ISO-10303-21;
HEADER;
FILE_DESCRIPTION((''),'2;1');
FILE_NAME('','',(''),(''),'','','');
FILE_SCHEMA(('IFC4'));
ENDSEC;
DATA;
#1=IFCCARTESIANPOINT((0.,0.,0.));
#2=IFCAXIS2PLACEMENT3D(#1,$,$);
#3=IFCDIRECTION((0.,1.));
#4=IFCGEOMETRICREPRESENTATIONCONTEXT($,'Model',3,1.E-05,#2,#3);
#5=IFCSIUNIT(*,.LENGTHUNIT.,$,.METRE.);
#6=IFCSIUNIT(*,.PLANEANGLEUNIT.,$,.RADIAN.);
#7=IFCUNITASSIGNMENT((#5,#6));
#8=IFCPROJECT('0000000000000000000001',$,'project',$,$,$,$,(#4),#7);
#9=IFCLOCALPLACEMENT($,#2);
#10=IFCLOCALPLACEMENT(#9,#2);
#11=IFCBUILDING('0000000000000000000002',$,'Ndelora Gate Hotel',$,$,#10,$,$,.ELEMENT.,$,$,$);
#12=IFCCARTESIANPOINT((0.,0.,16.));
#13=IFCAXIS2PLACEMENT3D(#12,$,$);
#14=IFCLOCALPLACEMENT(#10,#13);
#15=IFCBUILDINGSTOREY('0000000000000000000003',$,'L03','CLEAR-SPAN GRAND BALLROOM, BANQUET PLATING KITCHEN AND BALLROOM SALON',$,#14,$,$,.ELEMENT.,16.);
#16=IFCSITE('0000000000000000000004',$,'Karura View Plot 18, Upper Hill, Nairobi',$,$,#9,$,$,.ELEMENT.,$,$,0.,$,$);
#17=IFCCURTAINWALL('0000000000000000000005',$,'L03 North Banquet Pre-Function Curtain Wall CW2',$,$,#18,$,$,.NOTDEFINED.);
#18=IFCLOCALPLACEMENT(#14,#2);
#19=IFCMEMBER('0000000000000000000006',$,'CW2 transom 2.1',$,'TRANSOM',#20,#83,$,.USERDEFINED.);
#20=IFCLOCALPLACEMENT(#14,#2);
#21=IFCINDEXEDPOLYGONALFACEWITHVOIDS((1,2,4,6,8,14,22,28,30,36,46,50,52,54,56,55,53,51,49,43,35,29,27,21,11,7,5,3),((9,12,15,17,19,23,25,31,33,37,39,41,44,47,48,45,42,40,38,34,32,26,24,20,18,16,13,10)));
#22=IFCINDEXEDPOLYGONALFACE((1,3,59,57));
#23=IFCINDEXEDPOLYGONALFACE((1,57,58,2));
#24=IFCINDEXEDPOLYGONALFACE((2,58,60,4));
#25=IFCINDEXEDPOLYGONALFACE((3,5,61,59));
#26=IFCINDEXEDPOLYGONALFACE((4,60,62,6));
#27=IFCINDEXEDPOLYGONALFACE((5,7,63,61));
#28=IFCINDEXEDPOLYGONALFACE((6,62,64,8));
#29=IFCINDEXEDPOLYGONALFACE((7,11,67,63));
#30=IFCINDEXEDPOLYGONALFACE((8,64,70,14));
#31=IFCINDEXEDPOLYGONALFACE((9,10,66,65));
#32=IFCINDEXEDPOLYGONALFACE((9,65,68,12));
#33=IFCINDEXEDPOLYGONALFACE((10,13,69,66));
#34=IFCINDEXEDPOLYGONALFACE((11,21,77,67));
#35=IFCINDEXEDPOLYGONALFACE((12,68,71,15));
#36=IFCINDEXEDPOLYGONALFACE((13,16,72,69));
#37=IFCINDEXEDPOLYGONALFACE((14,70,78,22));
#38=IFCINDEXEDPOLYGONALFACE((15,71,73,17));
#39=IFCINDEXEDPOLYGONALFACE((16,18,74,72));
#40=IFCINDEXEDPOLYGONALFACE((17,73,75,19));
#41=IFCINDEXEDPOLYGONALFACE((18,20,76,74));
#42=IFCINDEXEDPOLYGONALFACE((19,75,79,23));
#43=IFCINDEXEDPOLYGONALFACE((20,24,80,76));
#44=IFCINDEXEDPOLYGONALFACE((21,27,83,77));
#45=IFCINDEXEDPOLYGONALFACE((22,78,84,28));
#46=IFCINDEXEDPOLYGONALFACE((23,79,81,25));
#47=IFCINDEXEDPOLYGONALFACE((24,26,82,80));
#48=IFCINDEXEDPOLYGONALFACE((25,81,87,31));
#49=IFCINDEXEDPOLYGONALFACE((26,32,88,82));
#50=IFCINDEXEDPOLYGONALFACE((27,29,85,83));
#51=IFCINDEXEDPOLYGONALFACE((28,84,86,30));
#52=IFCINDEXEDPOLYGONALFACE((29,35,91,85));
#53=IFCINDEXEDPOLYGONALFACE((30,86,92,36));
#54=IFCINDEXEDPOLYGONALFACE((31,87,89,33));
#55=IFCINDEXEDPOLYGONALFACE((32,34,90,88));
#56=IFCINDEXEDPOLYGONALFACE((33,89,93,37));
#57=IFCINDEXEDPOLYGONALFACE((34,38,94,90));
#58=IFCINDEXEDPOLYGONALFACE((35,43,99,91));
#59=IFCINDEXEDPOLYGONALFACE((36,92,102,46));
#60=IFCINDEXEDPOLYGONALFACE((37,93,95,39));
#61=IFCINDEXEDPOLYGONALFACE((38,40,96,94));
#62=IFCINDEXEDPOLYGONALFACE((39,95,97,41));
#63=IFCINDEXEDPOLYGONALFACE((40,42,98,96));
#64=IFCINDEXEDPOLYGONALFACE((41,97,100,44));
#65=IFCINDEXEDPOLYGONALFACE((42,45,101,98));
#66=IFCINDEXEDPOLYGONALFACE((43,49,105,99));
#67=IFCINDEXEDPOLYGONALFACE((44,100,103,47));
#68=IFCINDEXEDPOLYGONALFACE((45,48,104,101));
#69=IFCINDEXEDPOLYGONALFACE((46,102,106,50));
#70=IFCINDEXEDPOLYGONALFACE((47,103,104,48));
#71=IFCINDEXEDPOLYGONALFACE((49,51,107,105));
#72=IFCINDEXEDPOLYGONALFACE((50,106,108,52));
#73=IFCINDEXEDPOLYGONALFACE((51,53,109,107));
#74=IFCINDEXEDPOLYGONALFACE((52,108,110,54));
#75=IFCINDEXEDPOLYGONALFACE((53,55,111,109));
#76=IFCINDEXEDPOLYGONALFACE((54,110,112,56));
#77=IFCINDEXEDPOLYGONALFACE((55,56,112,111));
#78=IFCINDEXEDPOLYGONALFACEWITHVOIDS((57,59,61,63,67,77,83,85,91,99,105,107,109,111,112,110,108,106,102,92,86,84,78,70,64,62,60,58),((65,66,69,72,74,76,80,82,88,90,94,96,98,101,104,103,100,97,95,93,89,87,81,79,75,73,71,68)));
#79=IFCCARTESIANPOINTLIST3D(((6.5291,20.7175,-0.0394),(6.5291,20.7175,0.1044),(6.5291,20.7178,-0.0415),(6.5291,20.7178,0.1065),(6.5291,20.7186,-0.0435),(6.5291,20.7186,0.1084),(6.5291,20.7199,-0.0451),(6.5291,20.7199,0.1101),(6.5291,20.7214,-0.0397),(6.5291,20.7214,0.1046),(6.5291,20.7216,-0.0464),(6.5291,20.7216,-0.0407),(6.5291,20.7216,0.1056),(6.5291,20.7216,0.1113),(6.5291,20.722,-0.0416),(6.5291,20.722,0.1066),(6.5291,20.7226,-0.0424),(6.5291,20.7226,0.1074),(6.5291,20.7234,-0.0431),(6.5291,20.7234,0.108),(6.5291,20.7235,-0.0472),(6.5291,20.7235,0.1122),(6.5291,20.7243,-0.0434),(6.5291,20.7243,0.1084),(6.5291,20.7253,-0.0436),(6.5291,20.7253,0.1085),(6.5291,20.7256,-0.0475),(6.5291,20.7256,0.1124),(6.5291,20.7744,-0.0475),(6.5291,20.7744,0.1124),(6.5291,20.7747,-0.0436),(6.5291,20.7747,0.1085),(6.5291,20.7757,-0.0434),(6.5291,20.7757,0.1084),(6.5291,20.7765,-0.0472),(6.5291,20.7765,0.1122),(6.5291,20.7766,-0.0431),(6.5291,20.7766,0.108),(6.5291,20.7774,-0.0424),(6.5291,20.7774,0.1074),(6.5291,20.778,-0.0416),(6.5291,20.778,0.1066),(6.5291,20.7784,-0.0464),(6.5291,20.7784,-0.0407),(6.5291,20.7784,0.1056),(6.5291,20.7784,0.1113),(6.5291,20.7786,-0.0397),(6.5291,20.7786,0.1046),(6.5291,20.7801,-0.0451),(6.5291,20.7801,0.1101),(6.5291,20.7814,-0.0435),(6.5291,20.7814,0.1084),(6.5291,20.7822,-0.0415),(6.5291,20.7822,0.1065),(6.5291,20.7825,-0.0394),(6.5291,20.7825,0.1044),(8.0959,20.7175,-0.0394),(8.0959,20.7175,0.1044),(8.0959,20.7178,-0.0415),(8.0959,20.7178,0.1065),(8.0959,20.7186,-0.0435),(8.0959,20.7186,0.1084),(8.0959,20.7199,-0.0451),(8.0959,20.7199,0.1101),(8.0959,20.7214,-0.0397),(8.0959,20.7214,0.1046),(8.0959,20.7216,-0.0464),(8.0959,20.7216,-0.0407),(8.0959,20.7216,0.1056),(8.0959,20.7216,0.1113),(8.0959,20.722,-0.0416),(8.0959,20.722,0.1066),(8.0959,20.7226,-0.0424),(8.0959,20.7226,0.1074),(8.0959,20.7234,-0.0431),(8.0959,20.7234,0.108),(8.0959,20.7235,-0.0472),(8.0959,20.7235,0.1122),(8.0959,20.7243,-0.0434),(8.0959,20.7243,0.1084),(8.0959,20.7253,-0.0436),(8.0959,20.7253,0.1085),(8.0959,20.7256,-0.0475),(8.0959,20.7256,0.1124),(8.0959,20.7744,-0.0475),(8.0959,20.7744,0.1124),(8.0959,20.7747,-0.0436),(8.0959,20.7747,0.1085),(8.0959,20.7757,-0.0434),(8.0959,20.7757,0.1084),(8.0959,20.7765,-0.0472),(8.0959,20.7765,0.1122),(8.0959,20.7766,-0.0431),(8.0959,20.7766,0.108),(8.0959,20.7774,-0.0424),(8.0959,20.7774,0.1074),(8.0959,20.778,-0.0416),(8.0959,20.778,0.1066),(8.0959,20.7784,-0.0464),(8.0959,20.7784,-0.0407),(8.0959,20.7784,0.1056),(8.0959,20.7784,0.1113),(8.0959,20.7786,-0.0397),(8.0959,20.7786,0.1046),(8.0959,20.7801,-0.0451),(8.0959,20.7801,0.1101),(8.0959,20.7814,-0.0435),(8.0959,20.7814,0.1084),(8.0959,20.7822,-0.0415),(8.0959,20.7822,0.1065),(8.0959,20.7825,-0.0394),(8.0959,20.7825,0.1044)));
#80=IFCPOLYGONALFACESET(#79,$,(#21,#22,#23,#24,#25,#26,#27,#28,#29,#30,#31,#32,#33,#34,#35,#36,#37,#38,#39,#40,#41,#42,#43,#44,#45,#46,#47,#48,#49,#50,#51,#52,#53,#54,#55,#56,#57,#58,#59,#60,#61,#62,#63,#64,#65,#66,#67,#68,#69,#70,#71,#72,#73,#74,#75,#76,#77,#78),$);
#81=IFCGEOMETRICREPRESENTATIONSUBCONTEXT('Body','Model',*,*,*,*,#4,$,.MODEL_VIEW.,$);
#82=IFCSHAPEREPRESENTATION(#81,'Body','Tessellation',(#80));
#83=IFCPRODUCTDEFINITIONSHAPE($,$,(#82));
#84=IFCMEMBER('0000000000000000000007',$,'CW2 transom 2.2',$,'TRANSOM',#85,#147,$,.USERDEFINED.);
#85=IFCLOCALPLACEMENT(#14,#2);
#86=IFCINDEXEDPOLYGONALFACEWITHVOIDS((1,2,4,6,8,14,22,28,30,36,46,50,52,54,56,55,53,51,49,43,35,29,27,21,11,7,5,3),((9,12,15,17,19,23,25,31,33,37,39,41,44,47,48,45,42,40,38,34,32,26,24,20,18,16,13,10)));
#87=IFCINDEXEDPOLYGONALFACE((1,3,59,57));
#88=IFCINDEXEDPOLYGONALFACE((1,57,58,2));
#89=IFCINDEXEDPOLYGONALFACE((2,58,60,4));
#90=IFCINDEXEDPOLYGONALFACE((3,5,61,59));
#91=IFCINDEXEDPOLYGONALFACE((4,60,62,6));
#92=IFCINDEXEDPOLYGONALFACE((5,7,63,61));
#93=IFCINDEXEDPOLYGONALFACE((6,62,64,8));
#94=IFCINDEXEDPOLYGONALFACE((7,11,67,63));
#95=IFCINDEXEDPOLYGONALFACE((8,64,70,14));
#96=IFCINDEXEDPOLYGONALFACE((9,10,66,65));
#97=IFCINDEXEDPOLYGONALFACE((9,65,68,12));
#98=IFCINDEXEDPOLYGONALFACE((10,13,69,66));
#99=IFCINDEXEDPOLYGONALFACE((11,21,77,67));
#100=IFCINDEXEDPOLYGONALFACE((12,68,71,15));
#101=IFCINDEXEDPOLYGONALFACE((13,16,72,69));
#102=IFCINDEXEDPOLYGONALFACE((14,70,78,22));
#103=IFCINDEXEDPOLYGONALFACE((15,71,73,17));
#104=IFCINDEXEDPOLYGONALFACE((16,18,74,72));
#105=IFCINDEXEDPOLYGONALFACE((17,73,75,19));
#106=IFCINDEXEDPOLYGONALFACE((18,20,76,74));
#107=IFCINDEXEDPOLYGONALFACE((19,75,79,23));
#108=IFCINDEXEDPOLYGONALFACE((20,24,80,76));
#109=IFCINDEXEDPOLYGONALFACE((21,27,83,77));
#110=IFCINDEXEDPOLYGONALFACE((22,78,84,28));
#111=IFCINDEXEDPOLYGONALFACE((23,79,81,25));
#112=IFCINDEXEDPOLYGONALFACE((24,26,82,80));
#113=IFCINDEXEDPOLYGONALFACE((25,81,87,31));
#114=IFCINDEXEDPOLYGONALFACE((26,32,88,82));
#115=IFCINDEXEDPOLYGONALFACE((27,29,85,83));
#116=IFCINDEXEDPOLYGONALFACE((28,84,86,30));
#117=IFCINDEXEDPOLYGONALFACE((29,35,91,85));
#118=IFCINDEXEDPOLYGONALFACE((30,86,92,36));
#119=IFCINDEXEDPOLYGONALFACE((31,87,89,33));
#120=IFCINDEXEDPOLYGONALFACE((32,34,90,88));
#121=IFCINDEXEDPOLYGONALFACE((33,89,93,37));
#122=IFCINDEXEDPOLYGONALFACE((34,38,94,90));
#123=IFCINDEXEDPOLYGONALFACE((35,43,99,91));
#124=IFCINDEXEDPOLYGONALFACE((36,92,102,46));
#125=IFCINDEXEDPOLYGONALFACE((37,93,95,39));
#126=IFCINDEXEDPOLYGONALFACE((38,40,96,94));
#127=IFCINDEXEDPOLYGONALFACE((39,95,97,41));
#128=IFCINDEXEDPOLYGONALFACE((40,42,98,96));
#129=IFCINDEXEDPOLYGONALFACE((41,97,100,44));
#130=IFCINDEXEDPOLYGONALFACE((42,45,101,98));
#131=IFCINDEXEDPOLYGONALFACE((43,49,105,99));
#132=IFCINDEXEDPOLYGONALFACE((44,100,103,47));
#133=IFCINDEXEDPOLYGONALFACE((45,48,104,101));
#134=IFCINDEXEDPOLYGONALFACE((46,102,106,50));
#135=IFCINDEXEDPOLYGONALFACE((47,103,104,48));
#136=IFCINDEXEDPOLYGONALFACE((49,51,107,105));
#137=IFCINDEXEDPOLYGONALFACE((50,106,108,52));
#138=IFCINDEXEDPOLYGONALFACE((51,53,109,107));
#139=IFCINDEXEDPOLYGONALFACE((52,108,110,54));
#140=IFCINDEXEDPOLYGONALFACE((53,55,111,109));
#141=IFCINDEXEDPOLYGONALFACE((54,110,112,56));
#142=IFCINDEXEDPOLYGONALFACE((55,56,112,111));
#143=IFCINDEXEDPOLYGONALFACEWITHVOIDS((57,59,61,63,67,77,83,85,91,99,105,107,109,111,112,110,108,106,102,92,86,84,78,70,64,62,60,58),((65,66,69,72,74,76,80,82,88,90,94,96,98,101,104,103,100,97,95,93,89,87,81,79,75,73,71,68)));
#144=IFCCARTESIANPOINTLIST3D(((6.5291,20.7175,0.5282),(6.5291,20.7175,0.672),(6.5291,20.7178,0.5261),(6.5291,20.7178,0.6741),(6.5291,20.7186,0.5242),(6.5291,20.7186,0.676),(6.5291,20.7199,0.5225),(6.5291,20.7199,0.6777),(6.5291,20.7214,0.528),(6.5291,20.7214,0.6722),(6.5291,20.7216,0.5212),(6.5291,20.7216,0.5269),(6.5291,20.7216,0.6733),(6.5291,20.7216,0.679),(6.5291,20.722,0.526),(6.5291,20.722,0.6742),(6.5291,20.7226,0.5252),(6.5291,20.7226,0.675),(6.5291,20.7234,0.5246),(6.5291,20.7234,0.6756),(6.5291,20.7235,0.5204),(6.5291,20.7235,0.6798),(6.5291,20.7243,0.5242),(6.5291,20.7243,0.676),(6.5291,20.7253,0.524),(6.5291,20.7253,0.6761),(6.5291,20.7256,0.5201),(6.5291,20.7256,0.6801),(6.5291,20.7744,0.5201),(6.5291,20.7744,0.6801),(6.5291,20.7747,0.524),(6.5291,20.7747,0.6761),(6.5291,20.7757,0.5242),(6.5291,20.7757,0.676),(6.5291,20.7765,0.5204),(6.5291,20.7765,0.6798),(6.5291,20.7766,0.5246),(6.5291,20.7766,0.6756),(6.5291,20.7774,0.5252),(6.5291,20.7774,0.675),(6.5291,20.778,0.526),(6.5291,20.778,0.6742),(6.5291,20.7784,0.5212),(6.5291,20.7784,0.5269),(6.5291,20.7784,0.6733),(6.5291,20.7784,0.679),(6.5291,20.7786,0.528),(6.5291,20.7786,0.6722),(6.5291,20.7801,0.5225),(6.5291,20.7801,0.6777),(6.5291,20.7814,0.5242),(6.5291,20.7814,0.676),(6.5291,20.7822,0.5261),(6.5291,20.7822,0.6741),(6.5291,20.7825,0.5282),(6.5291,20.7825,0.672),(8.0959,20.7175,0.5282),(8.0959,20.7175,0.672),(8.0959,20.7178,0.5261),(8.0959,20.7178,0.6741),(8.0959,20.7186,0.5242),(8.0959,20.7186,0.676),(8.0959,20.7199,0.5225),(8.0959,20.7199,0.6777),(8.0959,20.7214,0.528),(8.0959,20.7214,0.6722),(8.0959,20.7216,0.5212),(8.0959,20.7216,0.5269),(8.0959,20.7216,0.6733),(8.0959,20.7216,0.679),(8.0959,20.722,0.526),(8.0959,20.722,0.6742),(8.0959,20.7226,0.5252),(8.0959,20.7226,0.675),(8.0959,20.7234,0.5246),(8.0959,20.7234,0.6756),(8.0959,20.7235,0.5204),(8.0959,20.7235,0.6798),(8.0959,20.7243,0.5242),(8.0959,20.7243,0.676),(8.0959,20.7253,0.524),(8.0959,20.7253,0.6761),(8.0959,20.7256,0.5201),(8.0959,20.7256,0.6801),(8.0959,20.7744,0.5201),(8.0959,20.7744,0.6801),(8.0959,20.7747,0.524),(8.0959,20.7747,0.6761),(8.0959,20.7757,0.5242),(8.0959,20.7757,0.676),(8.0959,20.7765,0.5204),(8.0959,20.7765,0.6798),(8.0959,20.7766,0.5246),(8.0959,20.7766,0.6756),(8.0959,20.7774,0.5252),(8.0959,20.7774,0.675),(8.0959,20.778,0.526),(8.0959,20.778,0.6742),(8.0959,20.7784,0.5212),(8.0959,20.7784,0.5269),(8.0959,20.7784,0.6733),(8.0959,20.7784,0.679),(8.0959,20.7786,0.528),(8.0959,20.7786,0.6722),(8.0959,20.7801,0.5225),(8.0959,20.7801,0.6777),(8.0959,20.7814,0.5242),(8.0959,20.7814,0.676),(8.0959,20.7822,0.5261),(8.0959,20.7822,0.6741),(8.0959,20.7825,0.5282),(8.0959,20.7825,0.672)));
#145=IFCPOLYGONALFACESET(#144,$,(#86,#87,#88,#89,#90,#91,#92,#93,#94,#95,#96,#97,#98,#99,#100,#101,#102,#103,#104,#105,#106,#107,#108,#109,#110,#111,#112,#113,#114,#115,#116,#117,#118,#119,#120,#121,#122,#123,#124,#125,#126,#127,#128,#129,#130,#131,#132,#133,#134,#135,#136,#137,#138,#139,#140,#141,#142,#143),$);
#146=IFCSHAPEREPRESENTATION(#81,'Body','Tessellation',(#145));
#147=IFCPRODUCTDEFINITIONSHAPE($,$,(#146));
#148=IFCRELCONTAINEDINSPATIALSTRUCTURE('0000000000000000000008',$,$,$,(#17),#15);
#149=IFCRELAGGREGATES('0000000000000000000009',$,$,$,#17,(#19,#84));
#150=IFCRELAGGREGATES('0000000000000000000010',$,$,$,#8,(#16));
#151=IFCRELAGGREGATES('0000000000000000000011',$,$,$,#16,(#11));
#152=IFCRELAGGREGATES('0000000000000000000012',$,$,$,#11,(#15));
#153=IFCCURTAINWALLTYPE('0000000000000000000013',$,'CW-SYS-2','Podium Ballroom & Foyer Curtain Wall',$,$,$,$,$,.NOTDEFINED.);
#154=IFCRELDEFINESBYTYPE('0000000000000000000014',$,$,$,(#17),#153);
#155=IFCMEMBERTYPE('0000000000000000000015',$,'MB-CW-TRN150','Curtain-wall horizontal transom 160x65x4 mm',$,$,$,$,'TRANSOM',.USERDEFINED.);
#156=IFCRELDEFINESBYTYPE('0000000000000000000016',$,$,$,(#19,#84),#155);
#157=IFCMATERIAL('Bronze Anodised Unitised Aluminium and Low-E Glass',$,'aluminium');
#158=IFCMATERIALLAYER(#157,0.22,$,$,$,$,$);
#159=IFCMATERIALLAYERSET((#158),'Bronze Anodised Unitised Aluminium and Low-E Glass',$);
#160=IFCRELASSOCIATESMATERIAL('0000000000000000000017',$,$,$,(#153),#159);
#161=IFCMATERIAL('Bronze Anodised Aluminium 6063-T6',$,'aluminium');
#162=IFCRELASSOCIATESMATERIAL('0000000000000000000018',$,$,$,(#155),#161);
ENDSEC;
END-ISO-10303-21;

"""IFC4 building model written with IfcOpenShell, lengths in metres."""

from ifc_helpers import new_model, si_unit, direction, frame, origin, origin_2d, place, context, subcontext, project, spatial, hollow_rectangle, extrude, material, layer, layer_set, material_profile, profile_set, type_object, element, aggregate, save


model = new_model("IFC4")

# Units and contexts
model_context = context("Model", 3, precision=1e-05, world=origin(), true_north=direction((0.0, 1.0)))
body_context = subcontext(model_context, "Body", "Model", "MODEL_VIEW")
ifc_project = project(units=[si_unit("LENGTHUNIT", "METRE"), si_unit("PLANEANGLEUNIT", "RADIAN")], contexts=[model_context])

# Site, building, storey
site_placement = place(None, origin())
site = spatial("IfcSite", under=ifc_project, at=site_placement, Name="Karura View Plot 18, Upper Hill, Nairobi", CompositionType="ELEMENT", RefElevation=0.0)
building_placement = place(site_placement, origin())
building = spatial("IfcBuilding", under=site, at=building_placement, Name="Ndelora Gate Hotel", CompositionType="ELEMENT")
storey_placement = place(building_placement, frame((0.0, 0.0, 16.0)))
storey = spatial("IfcBuildingStorey", under=building, at=storey_placement, Name="L03", Description="CLEAR-SPAN GRAND BALLROOM, BANQUET PLATING KITCHEN AND BALLROOM SALON", CompositionType="ELEMENT", Elevation=16.0)

# Curtain wall, members
ifc_material_1 = material(Name="Bronze Anodised Unitised Aluminium and Low-E Glass", Category="aluminium")
ifc_layer_1 = layer(ifc_material_1, 0.22)
ifc_layer_set_1 = layer_set([ifc_layer_1], Name="Bronze Anodised Unitised Aluminium and Low-E Glass")
curtain_wall_type = type_object("IfcCurtainWallType", Name="CW-SYS-2", Description="Podium Ballroom & Foyer Curtain Wall", PredefinedType="NOTDEFINED", material=ifc_layer_set_1)
curtain_wall_placement = place(storey_placement, origin())
curtain_wall = element("IfcCurtainWall", 1, at=curtain_wall_placement, inside=storey, type_object=curtain_wall_type, Name="L03 North Banquet Pre-Function Curtain Wall CW2", PredefinedType="NOTDEFINED")
ifc_material_2 = material(Name="Bronze Anodised Aluminium 6063-T6", Category="aluminium")
ifc_material_profile_1 = material_profile(ifc_material_2, hollow_rectangle(XDim=0.0649, YDim=0.1599, WallThickness=0.0039, InnerFilletRadius=0.0039, OuterFilletRadius=0.0081, at=origin_2d()), Name="ALU 160x65x4")
ifc_profile_set_1 = profile_set([ifc_material_profile_1], Name="Bronze Anodised Aluminium 6063-T6")
member_type_1 = type_object("IfcMemberType", Name="MB-CW-TRN150", Description="Curtain-wall horizontal transom 160x65x4 mm", ElementType="TRANSOM", PredefinedType="USERDEFINED", material=ifc_profile_set_1)
member_1_placement = place(storey_placement, frame((8.0959, 20.75, 0.0325), z_axis=(-1.0, 0.0, 0.0), x_axis=(0.0, -1.0, 0.0)))
member_1 = element("IfcMember", 2, at=member_1_placement, type_object=member_type_1, Name="CW2 transom 2.1", ObjectType="TRANSOM", PredefinedType="USERDEFINED", context=body_context, shape_type="SweptSolid", body=[
    extrude(hollow_rectangle(XDim=0.0649, YDim=0.1599, WallThickness=0.0039, InnerFilletRadius=0.0039, OuterFilletRadius=0.0081, at=origin_2d()), origin(), (0.0, 0.0, 1.0), 1.5669),
])
member_2_placement = place(storey_placement, frame((8.0959, 20.75, 0.6001), z_axis=(-1.0, 0.0, 0.0), x_axis=(0.0, -1.0, 0.0)))
member_2 = element("IfcMember", 3, at=member_2_placement, type_object=member_type_1, Name="CW2 transom 2.2", ObjectType="TRANSOM", PredefinedType="USERDEFINED", context=body_context, shape_type="SweptSolid", body=[
    extrude(hollow_rectangle(XDim=0.0649, YDim=0.1599, WallThickness=0.0039, InnerFilletRadius=0.0039, OuterFilletRadius=0.0081, at=origin_2d()), origin(), (0.0, 0.0, 1.0), 1.5669),
])
aggregate(curtain_wall, [member_1, member_2])

save(model, "model.ifc")
